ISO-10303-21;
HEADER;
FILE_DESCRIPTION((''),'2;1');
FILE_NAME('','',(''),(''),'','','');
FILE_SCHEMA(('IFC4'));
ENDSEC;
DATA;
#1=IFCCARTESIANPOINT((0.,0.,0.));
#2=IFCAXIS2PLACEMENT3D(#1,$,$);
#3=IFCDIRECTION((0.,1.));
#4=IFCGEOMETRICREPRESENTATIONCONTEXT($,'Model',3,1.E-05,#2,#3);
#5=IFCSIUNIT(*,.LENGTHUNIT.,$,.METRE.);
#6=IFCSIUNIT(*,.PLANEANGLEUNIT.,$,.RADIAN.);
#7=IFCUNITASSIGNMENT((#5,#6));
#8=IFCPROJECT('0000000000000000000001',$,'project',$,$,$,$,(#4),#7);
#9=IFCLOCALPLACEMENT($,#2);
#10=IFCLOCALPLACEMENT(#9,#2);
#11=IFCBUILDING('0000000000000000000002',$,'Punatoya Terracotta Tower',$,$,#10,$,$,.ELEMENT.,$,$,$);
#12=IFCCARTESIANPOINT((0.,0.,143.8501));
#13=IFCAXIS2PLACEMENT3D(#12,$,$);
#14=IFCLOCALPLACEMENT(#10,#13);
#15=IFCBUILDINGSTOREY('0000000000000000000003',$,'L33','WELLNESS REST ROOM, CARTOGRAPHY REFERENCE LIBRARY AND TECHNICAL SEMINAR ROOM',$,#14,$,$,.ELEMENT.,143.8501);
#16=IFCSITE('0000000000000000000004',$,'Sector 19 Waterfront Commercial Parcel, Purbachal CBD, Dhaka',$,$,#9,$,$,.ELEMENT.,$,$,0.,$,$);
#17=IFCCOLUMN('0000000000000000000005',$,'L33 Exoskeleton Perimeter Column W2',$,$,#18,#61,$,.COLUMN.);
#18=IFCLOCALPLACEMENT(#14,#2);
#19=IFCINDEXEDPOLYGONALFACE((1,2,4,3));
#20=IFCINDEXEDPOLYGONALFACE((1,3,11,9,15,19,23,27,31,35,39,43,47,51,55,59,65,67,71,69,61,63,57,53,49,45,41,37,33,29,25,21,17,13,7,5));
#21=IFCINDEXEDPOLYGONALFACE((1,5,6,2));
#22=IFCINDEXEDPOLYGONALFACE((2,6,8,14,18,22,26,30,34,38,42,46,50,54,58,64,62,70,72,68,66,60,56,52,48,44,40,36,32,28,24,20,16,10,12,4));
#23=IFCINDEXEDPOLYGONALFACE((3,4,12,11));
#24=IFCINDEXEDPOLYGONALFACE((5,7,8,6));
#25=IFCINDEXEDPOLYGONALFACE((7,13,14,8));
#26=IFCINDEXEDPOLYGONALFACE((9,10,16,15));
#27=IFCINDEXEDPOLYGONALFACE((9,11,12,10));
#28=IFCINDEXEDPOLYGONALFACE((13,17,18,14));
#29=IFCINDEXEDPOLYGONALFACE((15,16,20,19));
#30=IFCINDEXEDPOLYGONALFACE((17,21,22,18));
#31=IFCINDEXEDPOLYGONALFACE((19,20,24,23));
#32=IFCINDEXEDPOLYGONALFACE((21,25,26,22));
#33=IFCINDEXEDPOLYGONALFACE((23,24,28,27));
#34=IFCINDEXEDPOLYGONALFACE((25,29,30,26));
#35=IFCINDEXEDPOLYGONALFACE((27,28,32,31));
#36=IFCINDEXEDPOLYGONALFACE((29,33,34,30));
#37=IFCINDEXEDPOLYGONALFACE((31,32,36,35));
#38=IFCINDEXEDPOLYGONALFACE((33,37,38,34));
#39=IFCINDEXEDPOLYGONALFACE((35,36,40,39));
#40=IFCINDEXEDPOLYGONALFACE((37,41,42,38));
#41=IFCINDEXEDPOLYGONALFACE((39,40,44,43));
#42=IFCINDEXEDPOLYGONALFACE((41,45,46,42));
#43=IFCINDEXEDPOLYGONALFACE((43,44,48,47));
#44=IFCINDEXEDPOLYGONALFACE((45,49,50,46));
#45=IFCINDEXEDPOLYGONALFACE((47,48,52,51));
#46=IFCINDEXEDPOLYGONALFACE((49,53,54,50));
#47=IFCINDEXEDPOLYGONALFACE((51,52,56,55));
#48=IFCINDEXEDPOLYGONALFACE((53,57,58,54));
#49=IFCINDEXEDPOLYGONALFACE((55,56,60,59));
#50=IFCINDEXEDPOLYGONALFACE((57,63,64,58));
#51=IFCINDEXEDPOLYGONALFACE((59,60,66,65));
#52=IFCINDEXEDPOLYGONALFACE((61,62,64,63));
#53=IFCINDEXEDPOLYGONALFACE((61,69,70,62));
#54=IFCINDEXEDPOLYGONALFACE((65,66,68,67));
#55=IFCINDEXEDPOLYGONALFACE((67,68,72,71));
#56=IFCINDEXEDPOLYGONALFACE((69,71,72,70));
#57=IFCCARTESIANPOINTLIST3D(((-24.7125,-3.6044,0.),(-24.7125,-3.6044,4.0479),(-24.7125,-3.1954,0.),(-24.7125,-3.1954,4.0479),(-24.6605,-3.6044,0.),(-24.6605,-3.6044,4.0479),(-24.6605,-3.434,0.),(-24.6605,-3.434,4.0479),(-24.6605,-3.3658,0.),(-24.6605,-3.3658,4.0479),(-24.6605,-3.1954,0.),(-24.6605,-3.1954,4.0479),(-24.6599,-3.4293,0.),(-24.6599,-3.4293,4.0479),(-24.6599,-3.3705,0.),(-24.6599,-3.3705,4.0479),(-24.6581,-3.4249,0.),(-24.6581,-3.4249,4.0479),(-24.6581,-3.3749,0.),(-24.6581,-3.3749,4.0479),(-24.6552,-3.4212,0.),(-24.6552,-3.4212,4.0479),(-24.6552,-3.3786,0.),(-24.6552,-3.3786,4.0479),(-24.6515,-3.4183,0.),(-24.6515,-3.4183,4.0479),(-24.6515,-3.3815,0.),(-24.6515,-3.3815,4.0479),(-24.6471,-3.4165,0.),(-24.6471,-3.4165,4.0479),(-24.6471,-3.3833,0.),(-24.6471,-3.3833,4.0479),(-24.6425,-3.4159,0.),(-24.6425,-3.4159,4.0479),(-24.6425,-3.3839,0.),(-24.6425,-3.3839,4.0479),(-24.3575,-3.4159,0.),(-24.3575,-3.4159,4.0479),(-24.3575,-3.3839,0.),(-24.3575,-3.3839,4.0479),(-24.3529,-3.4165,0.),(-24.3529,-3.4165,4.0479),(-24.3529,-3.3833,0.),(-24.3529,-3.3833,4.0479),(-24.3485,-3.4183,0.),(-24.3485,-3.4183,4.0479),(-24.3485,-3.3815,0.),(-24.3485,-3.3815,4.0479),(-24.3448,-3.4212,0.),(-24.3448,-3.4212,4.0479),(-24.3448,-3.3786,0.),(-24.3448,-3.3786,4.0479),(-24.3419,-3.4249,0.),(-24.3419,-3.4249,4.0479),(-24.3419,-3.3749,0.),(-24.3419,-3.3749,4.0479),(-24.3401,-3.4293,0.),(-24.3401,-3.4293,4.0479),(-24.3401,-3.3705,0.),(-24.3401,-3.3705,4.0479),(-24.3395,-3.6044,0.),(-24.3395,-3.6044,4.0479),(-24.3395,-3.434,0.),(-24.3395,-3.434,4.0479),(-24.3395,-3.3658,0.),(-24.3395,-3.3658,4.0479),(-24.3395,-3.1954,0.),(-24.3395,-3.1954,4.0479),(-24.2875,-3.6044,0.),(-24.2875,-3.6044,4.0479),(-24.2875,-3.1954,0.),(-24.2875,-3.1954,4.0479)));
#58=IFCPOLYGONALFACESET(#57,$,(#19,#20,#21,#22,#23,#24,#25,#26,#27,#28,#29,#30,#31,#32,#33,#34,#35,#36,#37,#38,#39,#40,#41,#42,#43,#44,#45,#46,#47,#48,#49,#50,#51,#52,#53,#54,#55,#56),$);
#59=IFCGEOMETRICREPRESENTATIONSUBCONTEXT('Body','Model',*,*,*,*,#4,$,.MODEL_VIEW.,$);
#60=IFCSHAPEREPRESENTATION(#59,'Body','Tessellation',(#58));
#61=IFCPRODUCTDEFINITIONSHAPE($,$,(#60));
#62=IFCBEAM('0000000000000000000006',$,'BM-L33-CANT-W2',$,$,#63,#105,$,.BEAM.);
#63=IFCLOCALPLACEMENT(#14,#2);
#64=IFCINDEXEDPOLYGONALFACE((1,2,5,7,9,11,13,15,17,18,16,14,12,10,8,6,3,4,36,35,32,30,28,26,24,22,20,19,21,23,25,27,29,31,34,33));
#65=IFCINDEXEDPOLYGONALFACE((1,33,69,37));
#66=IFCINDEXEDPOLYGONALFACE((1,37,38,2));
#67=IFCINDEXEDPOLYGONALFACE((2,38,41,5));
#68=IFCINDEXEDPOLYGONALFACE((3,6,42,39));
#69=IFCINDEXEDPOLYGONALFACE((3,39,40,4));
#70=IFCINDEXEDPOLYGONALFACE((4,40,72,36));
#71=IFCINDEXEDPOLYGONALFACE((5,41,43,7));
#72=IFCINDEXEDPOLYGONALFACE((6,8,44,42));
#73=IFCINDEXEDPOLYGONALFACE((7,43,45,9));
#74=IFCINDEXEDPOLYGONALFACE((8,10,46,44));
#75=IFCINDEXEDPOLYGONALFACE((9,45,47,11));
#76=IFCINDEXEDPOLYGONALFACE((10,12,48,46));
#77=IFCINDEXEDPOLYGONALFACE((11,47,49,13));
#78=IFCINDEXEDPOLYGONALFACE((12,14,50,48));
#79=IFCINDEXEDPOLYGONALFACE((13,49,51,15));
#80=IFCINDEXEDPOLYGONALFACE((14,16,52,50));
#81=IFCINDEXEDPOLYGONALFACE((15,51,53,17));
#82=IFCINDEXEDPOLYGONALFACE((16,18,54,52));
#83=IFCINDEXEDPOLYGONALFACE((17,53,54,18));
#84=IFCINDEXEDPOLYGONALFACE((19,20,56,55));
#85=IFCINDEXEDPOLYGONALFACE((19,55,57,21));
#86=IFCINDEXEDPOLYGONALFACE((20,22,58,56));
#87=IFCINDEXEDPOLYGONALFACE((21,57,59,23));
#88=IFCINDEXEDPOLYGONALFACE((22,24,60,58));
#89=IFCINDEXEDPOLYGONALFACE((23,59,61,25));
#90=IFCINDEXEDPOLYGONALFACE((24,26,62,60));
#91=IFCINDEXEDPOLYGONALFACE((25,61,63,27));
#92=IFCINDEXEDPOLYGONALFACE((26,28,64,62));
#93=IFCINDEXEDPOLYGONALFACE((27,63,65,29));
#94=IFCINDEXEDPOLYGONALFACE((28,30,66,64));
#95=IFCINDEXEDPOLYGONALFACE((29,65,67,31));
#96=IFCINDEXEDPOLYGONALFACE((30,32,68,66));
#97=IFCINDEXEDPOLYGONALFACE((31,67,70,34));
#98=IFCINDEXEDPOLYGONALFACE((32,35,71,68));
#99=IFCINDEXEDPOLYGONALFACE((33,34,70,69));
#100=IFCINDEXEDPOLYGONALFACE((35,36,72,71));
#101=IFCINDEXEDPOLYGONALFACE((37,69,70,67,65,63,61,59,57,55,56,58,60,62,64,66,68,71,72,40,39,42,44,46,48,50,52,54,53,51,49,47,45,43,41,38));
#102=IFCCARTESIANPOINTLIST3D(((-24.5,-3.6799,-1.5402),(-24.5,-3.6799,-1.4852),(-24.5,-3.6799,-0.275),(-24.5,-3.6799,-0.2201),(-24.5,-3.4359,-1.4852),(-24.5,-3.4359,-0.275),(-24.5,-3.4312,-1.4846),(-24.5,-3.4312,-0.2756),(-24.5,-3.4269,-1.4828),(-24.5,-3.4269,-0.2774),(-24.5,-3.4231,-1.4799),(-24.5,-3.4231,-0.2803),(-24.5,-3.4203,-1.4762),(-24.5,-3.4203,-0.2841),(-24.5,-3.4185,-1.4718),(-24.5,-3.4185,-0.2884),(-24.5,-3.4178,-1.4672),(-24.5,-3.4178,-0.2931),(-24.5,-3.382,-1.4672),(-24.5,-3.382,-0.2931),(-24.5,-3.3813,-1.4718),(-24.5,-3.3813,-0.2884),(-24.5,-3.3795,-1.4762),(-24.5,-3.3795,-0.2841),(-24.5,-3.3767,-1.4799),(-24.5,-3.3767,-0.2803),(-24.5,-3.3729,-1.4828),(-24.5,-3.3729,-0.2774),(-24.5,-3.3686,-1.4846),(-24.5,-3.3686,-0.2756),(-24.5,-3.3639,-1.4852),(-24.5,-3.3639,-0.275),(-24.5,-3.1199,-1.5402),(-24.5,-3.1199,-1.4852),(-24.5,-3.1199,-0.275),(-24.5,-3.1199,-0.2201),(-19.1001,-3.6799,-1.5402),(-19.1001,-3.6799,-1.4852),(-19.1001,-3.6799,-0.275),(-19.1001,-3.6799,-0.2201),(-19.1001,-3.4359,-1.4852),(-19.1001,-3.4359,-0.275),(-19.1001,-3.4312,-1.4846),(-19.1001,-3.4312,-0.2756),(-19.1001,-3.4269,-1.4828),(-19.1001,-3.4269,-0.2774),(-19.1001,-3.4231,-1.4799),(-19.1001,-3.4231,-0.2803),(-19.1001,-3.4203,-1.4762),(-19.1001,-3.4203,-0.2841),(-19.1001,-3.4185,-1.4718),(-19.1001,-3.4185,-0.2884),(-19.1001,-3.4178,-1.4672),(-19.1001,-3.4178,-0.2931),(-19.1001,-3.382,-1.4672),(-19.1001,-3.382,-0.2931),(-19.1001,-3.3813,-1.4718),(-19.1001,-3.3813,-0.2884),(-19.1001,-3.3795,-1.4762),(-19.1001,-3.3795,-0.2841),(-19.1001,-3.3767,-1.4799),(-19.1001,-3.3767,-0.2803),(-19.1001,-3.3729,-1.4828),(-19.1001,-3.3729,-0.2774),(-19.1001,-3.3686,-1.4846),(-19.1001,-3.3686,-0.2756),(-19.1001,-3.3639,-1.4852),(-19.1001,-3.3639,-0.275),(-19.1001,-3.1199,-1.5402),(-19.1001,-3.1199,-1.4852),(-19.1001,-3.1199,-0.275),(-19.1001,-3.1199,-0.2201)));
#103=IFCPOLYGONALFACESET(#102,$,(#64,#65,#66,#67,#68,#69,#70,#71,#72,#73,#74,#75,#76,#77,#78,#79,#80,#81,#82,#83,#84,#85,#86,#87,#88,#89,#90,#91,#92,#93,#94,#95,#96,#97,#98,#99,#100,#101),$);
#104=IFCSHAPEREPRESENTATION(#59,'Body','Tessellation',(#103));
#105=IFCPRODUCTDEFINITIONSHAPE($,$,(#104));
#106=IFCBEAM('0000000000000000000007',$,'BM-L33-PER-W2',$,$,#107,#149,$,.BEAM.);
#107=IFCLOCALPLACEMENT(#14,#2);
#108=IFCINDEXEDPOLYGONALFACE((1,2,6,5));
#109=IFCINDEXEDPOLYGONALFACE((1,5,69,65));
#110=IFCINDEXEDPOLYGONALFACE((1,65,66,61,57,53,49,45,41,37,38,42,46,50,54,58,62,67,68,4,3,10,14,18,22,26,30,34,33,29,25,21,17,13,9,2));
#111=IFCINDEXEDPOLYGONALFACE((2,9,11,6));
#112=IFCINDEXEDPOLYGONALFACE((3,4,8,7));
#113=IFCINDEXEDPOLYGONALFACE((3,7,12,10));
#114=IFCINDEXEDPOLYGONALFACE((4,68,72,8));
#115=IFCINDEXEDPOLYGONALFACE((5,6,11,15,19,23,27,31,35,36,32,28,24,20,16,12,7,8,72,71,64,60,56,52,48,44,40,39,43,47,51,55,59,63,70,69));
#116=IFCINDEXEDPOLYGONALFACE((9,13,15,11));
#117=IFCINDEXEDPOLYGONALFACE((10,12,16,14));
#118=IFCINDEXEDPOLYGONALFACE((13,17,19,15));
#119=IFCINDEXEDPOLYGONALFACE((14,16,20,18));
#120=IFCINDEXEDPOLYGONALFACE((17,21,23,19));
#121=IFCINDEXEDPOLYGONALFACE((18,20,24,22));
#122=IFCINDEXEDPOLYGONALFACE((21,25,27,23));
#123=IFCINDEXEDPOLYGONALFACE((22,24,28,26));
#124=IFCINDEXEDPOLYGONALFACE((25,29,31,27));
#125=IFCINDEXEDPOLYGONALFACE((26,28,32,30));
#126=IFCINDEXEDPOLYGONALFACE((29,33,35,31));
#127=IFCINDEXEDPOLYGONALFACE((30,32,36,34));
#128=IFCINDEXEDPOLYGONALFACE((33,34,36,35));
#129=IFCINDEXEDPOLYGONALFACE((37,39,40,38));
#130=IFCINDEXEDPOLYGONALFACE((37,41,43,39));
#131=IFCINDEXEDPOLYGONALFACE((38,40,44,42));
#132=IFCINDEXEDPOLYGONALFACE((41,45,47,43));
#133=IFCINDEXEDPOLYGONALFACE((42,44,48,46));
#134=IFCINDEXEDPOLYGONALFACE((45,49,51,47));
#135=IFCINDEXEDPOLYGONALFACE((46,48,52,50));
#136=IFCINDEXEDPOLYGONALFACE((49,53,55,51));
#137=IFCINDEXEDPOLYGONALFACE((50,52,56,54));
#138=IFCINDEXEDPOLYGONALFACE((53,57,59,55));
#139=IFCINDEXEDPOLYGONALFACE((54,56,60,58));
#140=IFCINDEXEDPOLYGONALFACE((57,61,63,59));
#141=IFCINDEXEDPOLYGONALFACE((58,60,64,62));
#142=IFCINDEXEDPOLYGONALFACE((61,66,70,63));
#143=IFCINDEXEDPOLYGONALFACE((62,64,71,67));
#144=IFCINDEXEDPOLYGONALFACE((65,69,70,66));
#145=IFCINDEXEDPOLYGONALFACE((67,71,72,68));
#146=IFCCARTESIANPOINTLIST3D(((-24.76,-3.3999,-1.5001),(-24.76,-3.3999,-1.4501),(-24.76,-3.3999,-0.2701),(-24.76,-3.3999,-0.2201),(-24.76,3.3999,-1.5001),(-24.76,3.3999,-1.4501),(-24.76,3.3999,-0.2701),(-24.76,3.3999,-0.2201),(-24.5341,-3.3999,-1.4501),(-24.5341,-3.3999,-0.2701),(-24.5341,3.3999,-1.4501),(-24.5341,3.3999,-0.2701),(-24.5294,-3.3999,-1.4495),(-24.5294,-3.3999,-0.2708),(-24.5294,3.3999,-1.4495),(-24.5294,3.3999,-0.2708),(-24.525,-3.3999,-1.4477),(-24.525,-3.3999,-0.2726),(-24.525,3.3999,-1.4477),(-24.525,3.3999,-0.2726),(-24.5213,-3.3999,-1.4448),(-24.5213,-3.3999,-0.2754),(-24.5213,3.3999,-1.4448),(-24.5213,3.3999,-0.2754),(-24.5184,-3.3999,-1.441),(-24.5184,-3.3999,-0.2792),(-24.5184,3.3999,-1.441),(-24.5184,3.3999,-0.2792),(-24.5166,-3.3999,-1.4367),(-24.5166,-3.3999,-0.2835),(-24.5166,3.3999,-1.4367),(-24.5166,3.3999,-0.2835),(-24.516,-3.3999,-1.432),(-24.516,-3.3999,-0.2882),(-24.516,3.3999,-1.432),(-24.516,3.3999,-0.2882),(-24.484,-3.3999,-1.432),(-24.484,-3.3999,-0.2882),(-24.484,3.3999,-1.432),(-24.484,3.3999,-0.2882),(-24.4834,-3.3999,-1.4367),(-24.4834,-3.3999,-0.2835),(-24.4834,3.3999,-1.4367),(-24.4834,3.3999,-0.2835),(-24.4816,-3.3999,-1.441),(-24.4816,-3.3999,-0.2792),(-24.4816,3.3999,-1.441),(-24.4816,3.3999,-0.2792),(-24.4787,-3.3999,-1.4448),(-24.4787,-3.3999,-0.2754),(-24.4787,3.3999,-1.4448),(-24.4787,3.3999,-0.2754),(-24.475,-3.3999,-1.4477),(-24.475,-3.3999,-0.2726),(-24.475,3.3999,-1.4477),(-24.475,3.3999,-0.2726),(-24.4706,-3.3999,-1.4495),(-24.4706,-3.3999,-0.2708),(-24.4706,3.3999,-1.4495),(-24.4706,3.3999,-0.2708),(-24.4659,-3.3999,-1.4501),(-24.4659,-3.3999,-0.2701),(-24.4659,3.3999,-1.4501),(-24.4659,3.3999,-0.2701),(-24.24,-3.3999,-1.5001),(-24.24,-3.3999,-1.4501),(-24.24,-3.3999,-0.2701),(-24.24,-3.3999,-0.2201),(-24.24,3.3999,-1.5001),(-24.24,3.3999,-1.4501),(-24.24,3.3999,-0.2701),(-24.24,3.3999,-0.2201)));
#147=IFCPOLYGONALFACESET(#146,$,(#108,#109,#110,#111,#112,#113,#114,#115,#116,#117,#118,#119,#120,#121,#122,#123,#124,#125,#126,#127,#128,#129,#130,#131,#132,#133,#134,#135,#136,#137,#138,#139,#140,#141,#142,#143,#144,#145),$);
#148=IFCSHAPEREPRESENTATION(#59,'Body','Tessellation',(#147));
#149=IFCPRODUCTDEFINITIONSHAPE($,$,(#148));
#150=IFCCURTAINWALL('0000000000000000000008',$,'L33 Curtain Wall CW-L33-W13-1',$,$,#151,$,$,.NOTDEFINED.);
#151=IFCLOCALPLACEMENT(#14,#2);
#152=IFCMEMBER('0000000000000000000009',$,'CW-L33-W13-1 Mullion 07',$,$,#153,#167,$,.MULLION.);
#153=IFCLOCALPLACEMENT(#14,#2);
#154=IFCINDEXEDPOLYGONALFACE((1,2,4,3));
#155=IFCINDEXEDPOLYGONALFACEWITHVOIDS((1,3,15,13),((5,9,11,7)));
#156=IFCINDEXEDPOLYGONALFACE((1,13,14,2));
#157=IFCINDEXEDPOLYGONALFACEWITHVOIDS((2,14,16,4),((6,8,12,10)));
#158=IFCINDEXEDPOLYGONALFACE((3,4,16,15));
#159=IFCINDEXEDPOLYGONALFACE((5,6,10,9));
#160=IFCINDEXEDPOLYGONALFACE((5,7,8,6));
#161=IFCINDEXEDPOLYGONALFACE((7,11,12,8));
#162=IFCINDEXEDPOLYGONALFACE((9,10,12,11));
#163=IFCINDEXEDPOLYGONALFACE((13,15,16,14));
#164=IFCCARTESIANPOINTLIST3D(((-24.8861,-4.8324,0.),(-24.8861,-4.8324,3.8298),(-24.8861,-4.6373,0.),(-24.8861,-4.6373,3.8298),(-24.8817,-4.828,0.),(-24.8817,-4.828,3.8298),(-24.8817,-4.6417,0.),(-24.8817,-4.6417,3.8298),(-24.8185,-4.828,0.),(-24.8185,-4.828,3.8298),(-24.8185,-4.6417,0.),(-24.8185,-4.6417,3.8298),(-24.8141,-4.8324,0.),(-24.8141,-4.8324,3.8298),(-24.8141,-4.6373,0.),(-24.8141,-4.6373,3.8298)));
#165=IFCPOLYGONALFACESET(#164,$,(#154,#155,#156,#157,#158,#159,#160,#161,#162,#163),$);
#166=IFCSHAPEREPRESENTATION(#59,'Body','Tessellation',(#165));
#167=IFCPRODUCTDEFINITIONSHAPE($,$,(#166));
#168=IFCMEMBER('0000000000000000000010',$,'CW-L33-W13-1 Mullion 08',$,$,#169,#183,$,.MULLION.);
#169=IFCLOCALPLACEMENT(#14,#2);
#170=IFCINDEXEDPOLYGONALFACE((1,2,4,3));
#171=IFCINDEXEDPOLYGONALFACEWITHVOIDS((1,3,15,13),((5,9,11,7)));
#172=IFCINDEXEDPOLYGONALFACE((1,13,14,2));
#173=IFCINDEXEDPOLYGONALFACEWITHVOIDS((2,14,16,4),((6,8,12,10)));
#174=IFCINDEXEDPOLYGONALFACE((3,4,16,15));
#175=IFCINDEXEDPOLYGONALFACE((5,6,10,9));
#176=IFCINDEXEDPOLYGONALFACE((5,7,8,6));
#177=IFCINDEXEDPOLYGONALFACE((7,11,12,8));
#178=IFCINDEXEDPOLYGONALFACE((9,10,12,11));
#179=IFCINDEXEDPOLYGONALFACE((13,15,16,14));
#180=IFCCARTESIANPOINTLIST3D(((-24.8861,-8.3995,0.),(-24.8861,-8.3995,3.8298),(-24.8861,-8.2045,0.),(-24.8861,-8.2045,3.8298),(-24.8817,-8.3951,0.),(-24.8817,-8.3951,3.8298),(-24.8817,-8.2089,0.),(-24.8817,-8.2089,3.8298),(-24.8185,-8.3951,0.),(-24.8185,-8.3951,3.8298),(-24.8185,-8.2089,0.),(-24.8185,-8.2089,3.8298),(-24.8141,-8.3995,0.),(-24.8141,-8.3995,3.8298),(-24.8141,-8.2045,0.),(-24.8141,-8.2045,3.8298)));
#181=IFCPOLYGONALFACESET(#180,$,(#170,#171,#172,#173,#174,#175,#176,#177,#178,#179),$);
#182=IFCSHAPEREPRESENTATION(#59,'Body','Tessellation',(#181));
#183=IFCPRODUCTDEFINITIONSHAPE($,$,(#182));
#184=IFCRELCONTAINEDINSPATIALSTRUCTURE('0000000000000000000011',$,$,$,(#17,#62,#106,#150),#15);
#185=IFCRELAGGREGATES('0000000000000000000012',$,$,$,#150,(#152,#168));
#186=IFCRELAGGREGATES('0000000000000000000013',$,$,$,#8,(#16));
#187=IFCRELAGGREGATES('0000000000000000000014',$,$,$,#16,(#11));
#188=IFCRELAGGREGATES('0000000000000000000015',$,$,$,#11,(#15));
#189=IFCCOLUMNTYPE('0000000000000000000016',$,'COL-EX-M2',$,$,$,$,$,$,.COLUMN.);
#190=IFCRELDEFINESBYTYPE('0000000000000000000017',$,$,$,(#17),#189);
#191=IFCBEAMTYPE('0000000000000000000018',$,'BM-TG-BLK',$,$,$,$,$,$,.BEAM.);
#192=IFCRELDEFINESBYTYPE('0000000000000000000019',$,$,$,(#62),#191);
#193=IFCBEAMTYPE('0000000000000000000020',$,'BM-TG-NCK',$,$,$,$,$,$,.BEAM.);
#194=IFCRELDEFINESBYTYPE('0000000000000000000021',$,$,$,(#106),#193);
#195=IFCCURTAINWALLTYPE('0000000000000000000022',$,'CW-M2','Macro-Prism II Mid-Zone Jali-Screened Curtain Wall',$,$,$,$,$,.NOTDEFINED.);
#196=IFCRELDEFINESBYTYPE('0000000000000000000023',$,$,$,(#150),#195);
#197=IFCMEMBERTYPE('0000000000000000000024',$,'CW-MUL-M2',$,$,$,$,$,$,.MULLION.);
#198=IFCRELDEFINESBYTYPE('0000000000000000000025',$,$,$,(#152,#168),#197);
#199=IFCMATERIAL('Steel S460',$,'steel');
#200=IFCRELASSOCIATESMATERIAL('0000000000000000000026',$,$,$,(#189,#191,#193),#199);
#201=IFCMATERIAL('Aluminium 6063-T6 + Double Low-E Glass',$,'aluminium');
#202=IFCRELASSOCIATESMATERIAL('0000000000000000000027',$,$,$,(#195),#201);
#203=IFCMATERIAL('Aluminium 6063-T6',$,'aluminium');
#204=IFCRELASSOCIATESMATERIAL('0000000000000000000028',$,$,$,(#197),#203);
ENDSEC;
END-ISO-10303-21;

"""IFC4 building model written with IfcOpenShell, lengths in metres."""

from ifc_helpers import new_model, si_unit, direction, frame, origin, origin_2d, place, context, subcontext, project, spatial, hollow_rectangle, i_section, extrude, material, material_profile, profile_set, type_object, element, aggregate, save


model = new_model("IFC4")

# Units and contexts
model_context = context("Model", 3, precision=1e-05, world=origin(), true_north=direction((0.0, 1.0)))
body_context = subcontext(model_context, "Body", "Model", "MODEL_VIEW")
ifc_project = project(units=[si_unit("LENGTHUNIT", "METRE"), si_unit("PLANEANGLEUNIT", "RADIAN")], contexts=[model_context])

# Site, building, storey
site_placement = place(None, origin())
site = spatial("IfcSite", under=ifc_project, at=site_placement, Name="Sector 19 Waterfront Commercial Parcel, Purbachal CBD, Dhaka", CompositionType="ELEMENT", RefElevation=0.0)
building_placement = place(site_placement, origin())
building = spatial("IfcBuilding", under=site, at=building_placement, Name="Punatoya Terracotta Tower", CompositionType="ELEMENT")
storey_placement = place(building_placement, frame((0.0, 0.0, 143.8501)))
storey = spatial("IfcBuildingStorey", under=building, at=storey_placement, Name="L33", Description="WELLNESS REST ROOM, CARTOGRAPHY REFERENCE LIBRARY AND TECHNICAL SEMINAR ROOM", CompositionType="ELEMENT", Elevation=143.8501)

# Column
ifc_material_1 = material(Name="Steel S460", Category="steel")
ifc_material_profile_1 = material_profile(ifc_material_1, i_section(OverallWidth=0.4089, OverallDepth=0.425, WebThickness=0.032, FlangeThickness=0.052, FilletRadius=0.0181, at=origin_2d()))
ifc_profile_set_1 = profile_set([ifc_material_profile_1], Name="Steel S460")
column_type = type_object("IfcColumnType", Name="COL-EX-M2", PredefinedType="COLUMN", material=ifc_profile_set_1)
column_placement = place(storey_placement, frame((-24.5, -3.3999, 0.0), z_axis=(0.0, 0.0, 1.0), x_axis=(0.0, 1.0, 0.0)))
element("IfcColumn", 1, at=column_placement, inside=storey, type_object=column_type, Name="L33 Exoskeleton Perimeter Column W2", PredefinedType="COLUMN", context=body_context, shape_type="SweptSolid", body=[
    extrude(i_section(OverallWidth=0.4089, OverallDepth=0.425, WebThickness=0.032, FlangeThickness=0.052, FilletRadius=0.0181, at=origin_2d()), origin(), (0.0, 0.0, 1.0), 4.0479),
])

# Beams
ifc_material_profile_2 = material_profile(ifc_material_1, i_section(OverallWidth=0.5601, OverallDepth=1.3201, WebThickness=0.0359, FlangeThickness=0.0549, FilletRadius=0.0181, at=origin_2d()))
ifc_profile_set_2 = profile_set([ifc_material_profile_2], Name="Steel S460")
beam_type_1 = type_object("IfcBeamType", Name="BM-TG-BLK", PredefinedType="BEAM", material=ifc_profile_set_2)
beam_1_placement = place(storey_placement, frame((-24.5, -3.3999, -0.8801), z_axis=(1.0, 0.0, 0.0), x_axis=(0.0, 1.0, 0.0)))
element("IfcBeam", 2, at=beam_1_placement, inside=storey, type_object=beam_type_1, Name="BM-L33-CANT-W2", PredefinedType="BEAM", context=body_context, shape_type="SweptSolid", body=[
    extrude(i_section(OverallWidth=0.5601, OverallDepth=1.3201, WebThickness=0.0359, FlangeThickness=0.0549, FilletRadius=0.0181, at=origin_2d()), origin(), (0.0, 0.0, 1.0), 5.3999),
])
ifc_material_profile_3 = material_profile(ifc_material_1, i_section(OverallWidth=0.52, OverallDepth=1.28, WebThickness=0.032, FlangeThickness=0.05, FilletRadius=0.0181, at=origin_2d()))
ifc_profile_set_3 = profile_set([ifc_material_profile_3], Name="Steel S460")
beam_type_2 = type_object("IfcBeamType", Name="BM-TG-NCK", PredefinedType="BEAM", material=ifc_profile_set_3)
beam_2_placement = place(storey_placement, frame((-24.5, -3.3999, -0.8601), z_axis=(0.0, 1.0, 0.0), x_axis=(-1.0, 0.0, 0.0)))
element("IfcBeam", 3, at=beam_2_placement, inside=storey, type_object=beam_type_2, Name="BM-L33-PER-W2", PredefinedType="BEAM", context=body_context, shape_type="SweptSolid", body=[
    extrude(i_section(OverallWidth=0.52, OverallDepth=1.28, WebThickness=0.032, FlangeThickness=0.05, FilletRadius=0.0181, at=origin_2d()), origin(), (0.0, 0.0, 1.0), 6.7998),
])

# Curtain wall, members
ifc_material_2 = material(Name="Aluminium 6063-T6 + Double Low-E Glass", Category="aluminium")
curtain_wall_type = type_object("IfcCurtainWallType", Name="CW-M2", Description="Macro-Prism II Mid-Zone Jali-Screened Curtain Wall", PredefinedType="NOTDEFINED", material=ifc_material_2)
curtain_wall_1_placement = place(storey_placement, origin())
curtain_wall_1 = element("IfcCurtainWall", 4, at=curtain_wall_1_placement, inside=storey, type_object=curtain_wall_type, Name="L33 Curtain Wall CW-L33-W13-1", PredefinedType="NOTDEFINED")
ifc_material_3 = material(Name="Aluminium 6063-T6", Category="aluminium")
ifc_material_profile_4 = material_profile(ifc_material_3, hollow_rectangle(XDim=0.072, YDim=0.1951, WallThickness=0.0044, at=origin_2d()))
ifc_profile_set_4 = profile_set([ifc_material_profile_4], Name="Aluminium 6063-T6")
member_type_1 = type_object("IfcMemberType", Name="CW-MUL-M2", PredefinedType="MULLION", material=ifc_profile_set_4)
member_1_placement = place(storey_placement, frame((-24.8501, -4.7349, 0.0), z_axis=(0.0, 0.0, 1.0), x_axis=(1.0, 0.0, 0.0)))
member_1 = element("IfcMember", 5, at=member_1_placement, type_object=member_type_1, Name="CW-L33-W13-1 Mullion 07", PredefinedType="MULLION", context=body_context, shape_type="SweptSolid", body=[
    extrude(hollow_rectangle(XDim=0.072, YDim=0.1951, WallThickness=0.0044, at=origin_2d()), origin(), (0.0, 0.0, 1.0), 3.8298),
])
member_2_placement = place(storey_placement, frame((-24.8501, -8.302, 0.0), z_axis=(0.0, 0.0, 1.0), x_axis=(1.0, 0.0, 0.0)))
member_2 = element("IfcMember", 6, at=member_2_placement, type_object=member_type_1, Name="CW-L33-W13-1 Mullion 08", PredefinedType="MULLION", context=body_context, shape_type="SweptSolid", body=[
    extrude(hollow_rectangle(XDim=0.072, YDim=0.1951, WallThickness=0.0044, at=origin_2d()), origin(), (0.0, 0.0, 1.0), 3.8298),
])

aggregate(curtain_wall_1, [member_1, member_2])

save(model, "model.ifc")
